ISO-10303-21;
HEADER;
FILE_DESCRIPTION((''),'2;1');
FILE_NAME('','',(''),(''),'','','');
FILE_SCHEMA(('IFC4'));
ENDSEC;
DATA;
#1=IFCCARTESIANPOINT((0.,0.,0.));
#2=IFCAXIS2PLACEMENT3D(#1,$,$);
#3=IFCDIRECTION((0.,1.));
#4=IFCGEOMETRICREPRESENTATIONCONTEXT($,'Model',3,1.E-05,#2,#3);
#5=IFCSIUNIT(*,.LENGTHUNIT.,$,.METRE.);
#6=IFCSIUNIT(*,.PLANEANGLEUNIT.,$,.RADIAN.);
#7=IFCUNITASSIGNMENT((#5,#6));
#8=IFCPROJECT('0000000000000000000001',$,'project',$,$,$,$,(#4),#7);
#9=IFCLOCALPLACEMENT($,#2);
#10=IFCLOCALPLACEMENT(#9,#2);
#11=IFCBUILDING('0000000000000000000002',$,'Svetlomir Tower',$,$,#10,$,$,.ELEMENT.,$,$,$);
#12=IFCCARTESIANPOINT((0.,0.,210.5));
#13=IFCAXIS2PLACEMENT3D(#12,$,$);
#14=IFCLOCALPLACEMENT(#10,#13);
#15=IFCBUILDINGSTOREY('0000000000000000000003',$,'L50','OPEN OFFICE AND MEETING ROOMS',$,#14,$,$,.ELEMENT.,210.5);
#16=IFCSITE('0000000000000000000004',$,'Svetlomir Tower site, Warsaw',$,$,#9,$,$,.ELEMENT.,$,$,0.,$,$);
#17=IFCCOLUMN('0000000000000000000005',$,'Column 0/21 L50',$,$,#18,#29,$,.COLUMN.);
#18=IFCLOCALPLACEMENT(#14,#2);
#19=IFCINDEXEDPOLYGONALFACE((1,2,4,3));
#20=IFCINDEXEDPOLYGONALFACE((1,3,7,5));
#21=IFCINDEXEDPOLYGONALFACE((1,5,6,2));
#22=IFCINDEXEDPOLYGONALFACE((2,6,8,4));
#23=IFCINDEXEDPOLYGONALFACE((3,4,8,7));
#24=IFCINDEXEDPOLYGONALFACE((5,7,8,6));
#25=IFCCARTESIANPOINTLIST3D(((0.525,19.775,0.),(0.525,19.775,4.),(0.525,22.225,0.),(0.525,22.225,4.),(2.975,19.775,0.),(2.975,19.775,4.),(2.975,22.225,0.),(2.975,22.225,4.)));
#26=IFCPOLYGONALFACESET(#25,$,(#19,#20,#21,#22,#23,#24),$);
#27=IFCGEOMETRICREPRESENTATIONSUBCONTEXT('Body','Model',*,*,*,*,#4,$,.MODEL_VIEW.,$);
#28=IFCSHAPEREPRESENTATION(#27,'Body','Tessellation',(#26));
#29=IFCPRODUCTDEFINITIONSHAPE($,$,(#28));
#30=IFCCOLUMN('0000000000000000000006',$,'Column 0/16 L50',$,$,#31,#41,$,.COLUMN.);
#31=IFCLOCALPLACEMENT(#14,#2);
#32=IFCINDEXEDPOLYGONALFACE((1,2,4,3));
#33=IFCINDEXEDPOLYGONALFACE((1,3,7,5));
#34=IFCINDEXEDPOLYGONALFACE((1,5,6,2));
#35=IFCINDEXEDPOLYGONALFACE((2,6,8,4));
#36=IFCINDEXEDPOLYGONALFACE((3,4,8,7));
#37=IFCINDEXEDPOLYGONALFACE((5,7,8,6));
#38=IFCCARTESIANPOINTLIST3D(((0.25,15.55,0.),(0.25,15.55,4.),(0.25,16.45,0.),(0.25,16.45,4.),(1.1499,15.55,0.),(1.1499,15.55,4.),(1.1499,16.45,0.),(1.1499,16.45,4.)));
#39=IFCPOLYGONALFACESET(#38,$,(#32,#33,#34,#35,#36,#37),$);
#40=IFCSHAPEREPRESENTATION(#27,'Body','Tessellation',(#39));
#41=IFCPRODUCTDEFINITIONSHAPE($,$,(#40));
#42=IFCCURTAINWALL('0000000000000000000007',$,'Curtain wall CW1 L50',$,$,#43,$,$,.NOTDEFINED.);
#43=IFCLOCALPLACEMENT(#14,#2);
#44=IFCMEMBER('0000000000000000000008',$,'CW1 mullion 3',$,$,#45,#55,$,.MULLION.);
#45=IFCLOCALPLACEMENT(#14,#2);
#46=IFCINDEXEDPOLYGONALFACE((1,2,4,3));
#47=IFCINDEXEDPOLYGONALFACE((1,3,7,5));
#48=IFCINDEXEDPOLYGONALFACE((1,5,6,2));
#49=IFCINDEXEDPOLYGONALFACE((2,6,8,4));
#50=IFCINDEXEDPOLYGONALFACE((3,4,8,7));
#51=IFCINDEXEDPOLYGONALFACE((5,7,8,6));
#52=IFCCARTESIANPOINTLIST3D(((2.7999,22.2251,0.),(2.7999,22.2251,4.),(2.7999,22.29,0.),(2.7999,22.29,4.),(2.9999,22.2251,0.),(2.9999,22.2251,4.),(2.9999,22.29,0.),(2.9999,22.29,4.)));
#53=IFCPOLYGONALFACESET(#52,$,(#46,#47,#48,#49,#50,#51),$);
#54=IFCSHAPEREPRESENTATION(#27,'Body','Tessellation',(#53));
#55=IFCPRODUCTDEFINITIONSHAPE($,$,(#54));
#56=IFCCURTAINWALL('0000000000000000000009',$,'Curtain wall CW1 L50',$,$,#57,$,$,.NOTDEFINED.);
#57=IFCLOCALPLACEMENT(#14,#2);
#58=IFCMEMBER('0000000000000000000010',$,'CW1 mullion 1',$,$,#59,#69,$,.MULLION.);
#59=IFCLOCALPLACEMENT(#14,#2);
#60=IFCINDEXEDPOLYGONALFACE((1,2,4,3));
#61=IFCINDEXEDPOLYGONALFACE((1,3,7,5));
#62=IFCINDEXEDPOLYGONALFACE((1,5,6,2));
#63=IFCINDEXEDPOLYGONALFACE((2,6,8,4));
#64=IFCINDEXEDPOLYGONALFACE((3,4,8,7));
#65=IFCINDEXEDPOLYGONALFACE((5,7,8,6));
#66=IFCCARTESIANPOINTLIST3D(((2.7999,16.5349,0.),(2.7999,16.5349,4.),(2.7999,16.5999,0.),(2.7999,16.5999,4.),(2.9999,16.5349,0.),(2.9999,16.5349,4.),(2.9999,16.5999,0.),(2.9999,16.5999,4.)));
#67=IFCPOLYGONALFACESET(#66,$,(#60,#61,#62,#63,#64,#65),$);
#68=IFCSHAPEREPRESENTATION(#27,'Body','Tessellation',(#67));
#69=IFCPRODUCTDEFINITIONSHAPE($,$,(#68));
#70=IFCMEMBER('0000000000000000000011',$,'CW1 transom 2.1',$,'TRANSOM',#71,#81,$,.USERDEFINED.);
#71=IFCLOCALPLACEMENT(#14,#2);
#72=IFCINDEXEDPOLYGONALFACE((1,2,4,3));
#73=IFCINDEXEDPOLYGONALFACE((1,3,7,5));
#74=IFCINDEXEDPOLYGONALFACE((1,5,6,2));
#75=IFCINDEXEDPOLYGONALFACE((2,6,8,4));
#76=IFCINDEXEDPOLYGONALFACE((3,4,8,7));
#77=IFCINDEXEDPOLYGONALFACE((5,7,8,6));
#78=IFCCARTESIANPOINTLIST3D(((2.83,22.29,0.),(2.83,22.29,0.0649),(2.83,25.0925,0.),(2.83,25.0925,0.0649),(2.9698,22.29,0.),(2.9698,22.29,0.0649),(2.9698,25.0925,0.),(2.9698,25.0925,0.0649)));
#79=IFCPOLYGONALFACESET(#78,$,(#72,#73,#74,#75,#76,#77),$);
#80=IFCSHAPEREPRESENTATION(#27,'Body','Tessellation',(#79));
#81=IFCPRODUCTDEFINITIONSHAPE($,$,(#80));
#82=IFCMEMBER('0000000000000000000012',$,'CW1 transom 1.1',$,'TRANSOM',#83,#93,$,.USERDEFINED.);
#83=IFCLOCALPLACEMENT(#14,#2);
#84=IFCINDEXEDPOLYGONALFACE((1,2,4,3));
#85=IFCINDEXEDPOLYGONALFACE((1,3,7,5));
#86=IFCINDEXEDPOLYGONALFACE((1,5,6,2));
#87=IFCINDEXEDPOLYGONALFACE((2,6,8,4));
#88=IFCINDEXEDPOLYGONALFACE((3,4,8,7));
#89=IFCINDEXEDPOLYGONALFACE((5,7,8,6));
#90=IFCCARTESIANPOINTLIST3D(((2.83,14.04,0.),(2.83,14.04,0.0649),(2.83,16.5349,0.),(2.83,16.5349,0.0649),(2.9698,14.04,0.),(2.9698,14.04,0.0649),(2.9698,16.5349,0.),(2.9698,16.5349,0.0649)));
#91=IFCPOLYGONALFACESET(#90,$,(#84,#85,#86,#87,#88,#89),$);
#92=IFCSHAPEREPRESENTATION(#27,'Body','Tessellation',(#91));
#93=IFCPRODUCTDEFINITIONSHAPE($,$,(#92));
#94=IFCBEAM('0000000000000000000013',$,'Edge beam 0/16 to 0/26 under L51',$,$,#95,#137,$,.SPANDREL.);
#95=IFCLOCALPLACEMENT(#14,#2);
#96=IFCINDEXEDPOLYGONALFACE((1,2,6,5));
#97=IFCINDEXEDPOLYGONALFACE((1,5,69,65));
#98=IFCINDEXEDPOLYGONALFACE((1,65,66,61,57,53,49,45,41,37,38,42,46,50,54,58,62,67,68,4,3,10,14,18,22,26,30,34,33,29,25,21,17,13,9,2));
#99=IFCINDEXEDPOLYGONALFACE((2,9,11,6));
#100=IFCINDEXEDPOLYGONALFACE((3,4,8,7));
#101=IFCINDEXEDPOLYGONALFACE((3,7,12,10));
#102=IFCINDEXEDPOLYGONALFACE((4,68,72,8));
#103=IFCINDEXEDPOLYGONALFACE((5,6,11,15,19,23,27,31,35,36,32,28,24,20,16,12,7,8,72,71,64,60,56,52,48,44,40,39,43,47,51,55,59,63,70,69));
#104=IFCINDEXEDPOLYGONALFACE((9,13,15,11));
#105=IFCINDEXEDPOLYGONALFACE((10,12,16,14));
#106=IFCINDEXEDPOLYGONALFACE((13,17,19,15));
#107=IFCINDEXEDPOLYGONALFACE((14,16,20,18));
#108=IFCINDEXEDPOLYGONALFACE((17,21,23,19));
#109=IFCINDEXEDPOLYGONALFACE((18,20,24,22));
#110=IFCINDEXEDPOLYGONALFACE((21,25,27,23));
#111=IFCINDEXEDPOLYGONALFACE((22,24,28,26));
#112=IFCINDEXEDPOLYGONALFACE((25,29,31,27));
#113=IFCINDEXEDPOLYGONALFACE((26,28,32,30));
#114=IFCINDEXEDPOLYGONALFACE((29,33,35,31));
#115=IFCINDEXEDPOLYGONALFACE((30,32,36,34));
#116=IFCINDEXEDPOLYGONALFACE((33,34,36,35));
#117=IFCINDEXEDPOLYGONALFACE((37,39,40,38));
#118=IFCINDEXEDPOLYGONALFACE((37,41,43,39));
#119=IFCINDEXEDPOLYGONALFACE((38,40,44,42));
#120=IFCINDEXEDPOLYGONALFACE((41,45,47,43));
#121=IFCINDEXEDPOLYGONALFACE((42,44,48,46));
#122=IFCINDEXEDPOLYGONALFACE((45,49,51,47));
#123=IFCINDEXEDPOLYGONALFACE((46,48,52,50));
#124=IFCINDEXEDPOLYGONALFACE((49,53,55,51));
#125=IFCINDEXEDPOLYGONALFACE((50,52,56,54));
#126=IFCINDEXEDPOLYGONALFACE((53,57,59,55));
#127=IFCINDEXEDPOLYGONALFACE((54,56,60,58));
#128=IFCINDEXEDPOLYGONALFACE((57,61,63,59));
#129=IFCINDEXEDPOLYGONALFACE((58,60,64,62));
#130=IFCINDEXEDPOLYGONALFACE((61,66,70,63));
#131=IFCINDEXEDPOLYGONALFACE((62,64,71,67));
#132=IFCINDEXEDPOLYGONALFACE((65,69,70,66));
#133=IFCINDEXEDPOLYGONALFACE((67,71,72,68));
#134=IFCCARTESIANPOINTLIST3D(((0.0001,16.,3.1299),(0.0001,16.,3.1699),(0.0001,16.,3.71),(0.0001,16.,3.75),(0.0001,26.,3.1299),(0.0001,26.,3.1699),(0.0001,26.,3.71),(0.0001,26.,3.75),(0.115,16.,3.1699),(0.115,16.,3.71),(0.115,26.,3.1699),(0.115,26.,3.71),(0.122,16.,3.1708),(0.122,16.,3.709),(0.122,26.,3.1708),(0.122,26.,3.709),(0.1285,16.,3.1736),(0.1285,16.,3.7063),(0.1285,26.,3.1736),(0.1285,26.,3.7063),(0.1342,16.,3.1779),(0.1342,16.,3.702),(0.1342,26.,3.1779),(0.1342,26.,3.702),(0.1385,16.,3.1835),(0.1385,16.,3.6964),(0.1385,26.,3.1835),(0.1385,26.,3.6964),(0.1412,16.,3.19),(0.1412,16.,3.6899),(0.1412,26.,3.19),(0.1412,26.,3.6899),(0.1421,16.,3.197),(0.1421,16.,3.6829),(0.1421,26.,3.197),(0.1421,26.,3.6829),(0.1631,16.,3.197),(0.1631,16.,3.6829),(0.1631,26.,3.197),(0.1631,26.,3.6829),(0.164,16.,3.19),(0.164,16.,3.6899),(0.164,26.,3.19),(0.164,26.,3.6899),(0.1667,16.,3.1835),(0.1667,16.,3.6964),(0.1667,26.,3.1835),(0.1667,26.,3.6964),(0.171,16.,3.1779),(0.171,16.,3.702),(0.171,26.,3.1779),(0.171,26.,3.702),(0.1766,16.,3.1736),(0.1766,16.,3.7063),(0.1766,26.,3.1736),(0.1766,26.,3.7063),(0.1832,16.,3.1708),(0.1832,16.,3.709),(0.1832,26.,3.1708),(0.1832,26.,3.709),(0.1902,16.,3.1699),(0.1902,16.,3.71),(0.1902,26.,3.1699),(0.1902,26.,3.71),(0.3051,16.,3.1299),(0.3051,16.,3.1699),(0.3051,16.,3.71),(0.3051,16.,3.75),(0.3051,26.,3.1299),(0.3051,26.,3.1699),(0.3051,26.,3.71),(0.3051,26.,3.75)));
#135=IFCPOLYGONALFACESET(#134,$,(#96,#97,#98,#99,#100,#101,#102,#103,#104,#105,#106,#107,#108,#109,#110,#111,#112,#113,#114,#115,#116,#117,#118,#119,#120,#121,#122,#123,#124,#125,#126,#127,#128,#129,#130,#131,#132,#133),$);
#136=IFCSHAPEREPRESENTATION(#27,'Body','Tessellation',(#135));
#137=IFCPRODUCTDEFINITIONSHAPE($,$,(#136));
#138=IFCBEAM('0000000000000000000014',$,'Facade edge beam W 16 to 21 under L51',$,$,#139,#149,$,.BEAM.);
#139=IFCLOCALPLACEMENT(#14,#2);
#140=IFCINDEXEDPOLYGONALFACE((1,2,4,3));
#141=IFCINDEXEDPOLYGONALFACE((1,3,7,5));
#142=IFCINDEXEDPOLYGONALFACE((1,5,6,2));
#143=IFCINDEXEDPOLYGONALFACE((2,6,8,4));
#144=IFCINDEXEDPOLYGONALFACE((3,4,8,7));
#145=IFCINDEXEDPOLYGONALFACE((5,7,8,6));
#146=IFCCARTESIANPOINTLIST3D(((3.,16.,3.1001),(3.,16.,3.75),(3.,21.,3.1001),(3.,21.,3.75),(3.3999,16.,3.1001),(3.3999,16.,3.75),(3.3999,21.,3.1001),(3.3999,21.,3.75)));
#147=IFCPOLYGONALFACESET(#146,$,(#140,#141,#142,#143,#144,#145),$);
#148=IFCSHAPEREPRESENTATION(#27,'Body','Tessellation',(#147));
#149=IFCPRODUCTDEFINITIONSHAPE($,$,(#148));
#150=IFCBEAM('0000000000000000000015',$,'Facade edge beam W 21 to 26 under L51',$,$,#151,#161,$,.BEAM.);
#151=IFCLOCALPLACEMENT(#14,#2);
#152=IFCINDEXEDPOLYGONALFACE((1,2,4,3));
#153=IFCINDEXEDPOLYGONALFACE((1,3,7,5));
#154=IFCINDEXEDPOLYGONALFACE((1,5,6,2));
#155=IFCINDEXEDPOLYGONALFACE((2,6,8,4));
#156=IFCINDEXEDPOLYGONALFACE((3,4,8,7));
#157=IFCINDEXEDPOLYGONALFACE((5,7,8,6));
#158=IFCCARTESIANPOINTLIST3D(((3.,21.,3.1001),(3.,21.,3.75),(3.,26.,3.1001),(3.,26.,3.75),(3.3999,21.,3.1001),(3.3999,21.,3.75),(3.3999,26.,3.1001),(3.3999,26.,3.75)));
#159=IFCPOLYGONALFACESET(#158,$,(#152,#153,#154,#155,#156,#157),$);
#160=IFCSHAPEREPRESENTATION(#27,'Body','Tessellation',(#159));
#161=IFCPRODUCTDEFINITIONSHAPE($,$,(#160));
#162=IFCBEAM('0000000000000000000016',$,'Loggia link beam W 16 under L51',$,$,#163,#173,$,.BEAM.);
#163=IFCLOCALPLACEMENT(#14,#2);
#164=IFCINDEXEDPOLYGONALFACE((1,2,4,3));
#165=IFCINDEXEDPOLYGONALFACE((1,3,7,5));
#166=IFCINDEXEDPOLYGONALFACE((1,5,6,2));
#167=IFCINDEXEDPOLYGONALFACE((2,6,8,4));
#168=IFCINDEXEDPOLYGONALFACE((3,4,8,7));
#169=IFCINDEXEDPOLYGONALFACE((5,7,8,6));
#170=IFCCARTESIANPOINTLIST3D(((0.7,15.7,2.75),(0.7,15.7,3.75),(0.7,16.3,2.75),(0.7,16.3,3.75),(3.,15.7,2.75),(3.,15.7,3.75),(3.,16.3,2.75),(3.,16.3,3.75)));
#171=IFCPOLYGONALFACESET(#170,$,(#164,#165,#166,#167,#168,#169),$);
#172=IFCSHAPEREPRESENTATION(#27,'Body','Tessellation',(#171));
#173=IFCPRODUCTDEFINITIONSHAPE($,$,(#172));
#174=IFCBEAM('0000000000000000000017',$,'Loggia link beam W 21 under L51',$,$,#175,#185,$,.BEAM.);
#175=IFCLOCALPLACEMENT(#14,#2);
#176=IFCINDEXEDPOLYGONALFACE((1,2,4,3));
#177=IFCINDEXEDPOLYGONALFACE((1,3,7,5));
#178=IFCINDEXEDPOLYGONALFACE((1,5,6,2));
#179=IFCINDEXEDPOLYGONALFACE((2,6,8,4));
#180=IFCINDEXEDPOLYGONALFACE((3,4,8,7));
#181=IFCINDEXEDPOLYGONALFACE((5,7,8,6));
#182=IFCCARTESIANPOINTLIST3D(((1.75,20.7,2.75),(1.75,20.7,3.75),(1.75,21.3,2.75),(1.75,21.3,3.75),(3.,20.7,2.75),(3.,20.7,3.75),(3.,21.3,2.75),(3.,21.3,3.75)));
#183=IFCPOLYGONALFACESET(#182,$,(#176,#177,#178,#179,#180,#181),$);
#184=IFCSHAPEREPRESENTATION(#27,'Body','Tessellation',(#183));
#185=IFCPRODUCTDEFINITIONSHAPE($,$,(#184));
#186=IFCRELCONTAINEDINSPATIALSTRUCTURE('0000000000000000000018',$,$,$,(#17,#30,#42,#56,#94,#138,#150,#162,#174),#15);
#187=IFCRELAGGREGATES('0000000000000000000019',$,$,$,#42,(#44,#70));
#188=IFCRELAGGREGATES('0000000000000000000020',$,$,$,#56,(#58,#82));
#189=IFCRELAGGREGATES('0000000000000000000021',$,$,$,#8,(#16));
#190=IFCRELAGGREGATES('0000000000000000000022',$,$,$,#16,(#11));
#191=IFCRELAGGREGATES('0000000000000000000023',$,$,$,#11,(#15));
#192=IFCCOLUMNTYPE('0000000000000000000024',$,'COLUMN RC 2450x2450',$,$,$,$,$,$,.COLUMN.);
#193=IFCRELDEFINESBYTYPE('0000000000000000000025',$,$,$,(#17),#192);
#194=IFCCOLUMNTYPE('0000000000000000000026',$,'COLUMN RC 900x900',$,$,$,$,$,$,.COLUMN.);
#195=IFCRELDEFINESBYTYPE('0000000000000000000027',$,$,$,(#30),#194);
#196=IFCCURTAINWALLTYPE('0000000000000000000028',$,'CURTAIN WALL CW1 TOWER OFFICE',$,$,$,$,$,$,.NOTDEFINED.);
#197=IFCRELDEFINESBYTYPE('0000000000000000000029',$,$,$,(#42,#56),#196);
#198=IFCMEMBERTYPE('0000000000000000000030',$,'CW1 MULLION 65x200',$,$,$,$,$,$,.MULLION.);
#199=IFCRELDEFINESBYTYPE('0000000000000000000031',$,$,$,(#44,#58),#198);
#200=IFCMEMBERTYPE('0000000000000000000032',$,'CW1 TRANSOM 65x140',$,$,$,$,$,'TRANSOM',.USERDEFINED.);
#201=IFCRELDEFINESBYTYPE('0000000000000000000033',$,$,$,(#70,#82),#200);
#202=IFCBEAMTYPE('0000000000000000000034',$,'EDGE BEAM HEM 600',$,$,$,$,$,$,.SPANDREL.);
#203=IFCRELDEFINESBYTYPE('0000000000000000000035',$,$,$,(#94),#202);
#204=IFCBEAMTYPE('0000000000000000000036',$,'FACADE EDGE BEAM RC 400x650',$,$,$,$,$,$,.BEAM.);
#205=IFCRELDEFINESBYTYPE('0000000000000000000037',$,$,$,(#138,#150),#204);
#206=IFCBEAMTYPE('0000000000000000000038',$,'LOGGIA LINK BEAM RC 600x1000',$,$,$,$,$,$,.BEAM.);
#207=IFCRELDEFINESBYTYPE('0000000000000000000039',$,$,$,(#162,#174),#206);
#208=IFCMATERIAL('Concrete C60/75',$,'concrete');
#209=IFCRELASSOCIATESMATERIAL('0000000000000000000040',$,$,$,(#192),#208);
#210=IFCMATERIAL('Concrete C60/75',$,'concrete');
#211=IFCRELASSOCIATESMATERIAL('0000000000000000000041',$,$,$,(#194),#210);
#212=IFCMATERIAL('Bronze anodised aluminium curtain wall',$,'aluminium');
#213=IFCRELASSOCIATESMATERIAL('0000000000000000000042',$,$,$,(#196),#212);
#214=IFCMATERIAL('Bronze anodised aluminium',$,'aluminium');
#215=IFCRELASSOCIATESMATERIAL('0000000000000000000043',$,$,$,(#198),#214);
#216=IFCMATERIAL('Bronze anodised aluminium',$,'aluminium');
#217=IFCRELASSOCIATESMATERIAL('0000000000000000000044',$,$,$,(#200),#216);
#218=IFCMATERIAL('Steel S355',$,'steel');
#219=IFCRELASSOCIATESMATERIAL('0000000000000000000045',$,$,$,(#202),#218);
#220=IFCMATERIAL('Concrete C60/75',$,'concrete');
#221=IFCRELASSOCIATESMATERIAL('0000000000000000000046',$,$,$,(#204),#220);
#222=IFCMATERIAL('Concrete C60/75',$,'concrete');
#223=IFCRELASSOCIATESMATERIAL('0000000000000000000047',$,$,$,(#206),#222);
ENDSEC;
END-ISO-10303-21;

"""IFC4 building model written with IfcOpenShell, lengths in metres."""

from ifc_helpers import new_model, si_unit, direction, frame, origin, origin_2d, place, context, subcontext, project, spatial, rectangle, i_section, extrude, material, material_profile, profile_set, type_object, element, aggregate, save


model = new_model("IFC4")

# Units and contexts
model_context = context("Model", 3, precision=1e-05, world=origin(), true_north=direction((0.0, 1.0)))
body_context = subcontext(model_context, "Body", "Model", "MODEL_VIEW")
ifc_project = project(units=[si_unit("LENGTHUNIT", "METRE"), si_unit("PLANEANGLEUNIT", "RADIAN")], contexts=[model_context])

# Site, building, storey
site_placement = place(None, origin())
site = spatial("IfcSite", under=ifc_project, at=site_placement, Name="Svetlomir Tower site, Warsaw", CompositionType="ELEMENT", RefElevation=0.0)
building_placement = place(site_placement, origin())
building = spatial("IfcBuilding", under=site, at=building_placement, Name="Svetlomir Tower", CompositionType="ELEMENT")
storey_placement = place(building_placement, frame((0.0, 0.0, 210.5)))
storey = spatial("IfcBuildingStorey", under=building, at=storey_placement, Name="L50", Description="OPEN OFFICE AND MEETING ROOMS", CompositionType="ELEMENT", Elevation=210.5)

# Columns
ifc_material_1 = material(Name="Concrete C60/75", Category="concrete")
ifc_material_profile_1 = material_profile(ifc_material_1, rectangle(XDim=2.45, YDim=2.45, at=origin_2d()), Name="RC 2450x2450")
ifc_profile_set_1 = profile_set([ifc_material_profile_1], Name="Concrete C60/75")
column_type_1 = type_object("IfcColumnType", Name="COLUMN RC 2450x2450", PredefinedType="COLUMN", material=ifc_profile_set_1)
column_1_placement = place(storey_placement, frame((1.75, 21.0, 0.0), z_axis=(0.0, 0.0, 1.0), x_axis=(1.0, 0.0, 0.0)))
element("IfcColumn", 1, at=column_1_placement, inside=storey, type_object=column_type_1, Name="Column 0/21 L50", PredefinedType="COLUMN", context=body_context, shape_type="SweptSolid", body=[
    extrude(rectangle(XDim=2.45, YDim=2.45, at=origin_2d()), origin(), (0.0, 0.0, 1.0), 4.0),
])
ifc_material_2 = material(Name="Concrete C60/75", Category="concrete")
ifc_material_profile_2 = material_profile(ifc_material_2, rectangle(XDim=0.8999, YDim=0.8999, at=origin_2d()), Name="RC 900x900")
ifc_profile_set_2 = profile_set([ifc_material_profile_2], Name="Concrete C60/75")
column_type_2 = type_object("IfcColumnType", Name="COLUMN RC 900x900", PredefinedType="COLUMN", material=ifc_profile_set_2)
column_2_placement = place(storey_placement, frame((0.7, 16.0, 0.0), z_axis=(0.0, 0.0, 1.0), x_axis=(1.0, 0.0, 0.0)))
element("IfcColumn", 2, at=column_2_placement, inside=storey, type_object=column_type_2, Name="Column 0/16 L50", PredefinedType="COLUMN", context=body_context, shape_type="SweptSolid", body=[
    extrude(rectangle(XDim=0.8999, YDim=0.8999, at=origin_2d()), origin(), (0.0, 0.0, 1.0), 4.0),
])

# Curtain walls, members
ifc_material_3 = material(Name="Bronze anodised aluminium curtain wall", Category="aluminium")
curtain_wall_type = type_object("IfcCurtainWallType", Name="CURTAIN WALL CW1 TOWER OFFICE", PredefinedType="NOTDEFINED", material=ifc_material_3)
curtain_wall_1_placement = place(storey_placement, origin())
curtain_wall_1 = element("IfcCurtainWall", 3, at=curtain_wall_1_placement, inside=storey, type_object=curtain_wall_type, Name="Curtain wall CW1 L50", PredefinedType="NOTDEFINED")
ifc_material_4 = material(Name="Bronze anodised aluminium", Category="aluminium")
ifc_material_profile_3 = material_profile(ifc_material_4, rectangle(XDim=0.0649, YDim=0.2, at=origin_2d()), Name="AL 65x200")
ifc_profile_set_3 = profile_set([ifc_material_profile_3], Name="Bronze anodised aluminium 6063-T6")
member_type_1 = type_object("IfcMemberType", Name="CW1 MULLION 65x200", PredefinedType="MULLION", material=ifc_profile_set_3)
member_1_placement = place(storey_placement, frame((2.8999, 22.2576, 0.0), z_axis=(0.0, 0.0, 1.0), x_axis=(0.0, -1.0, 0.0)))
member_1 = element("IfcMember", 4, at=member_1_placement, type_object=member_type_1, Name="CW1 mullion 3", PredefinedType="MULLION", context=body_context, shape_type="SweptSolid", body=[
    extrude(rectangle(XDim=0.0649, YDim=0.2, at=origin_2d()), origin(), (0.0, 0.0, 1.0), 4.0),
])
curtain_wall_2_placement = place(storey_placement, origin())
curtain_wall_2 = element("IfcCurtainWall", 5, at=curtain_wall_2_placement, inside=storey, type_object=curtain_wall_type, Name="Curtain wall CW1 L50", PredefinedType="NOTDEFINED")
member_2_placement = place(storey_placement, frame((2.8999, 16.5674, 0.0), z_axis=(0.0, 0.0, 1.0), x_axis=(0.0, -1.0, 0.0)))
member_2 = element("IfcMember", 6, at=member_2_placement, type_object=member_type_1, Name="CW1 mullion 1", PredefinedType="MULLION", context=body_context, shape_type="SweptSolid", body=[
    extrude(rectangle(XDim=0.0649, YDim=0.2, at=origin_2d()), origin(), (0.0, 0.0, 1.0), 4.0),
])

# Members
ifc_material_5 = material(Name="Bronze anodised aluminium", Category="aluminium")
ifc_material_profile_4 = material_profile(ifc_material_5, rectangle(XDim=0.1399, YDim=0.0649, at=origin_2d()), Name="AL 140x65")
ifc_profile_set_4 = profile_set([ifc_material_profile_4], Name="Bronze anodised aluminium 6063-T6")
member_type_2 = type_object("IfcMemberType", Name="CW1 TRANSOM 65x140", ElementType="TRANSOM", PredefinedType="USERDEFINED", material=ifc_profile_set_4)
member_3_placement = place(storey_placement, frame((2.8999, 25.0925, 0.0325), z_axis=(0.0, -1.0, 0.0), x_axis=(1.0, 0.0, 0.0)))
member_3 = element("IfcMember", 7, at=member_3_placement, type_object=member_type_2, Name="CW1 transom 2.1", ObjectType="TRANSOM", PredefinedType="USERDEFINED", context=body_context, shape_type="SweptSolid", body=[
    extrude(rectangle(XDim=0.1399, YDim=0.0649, at=origin_2d()), origin(), (0.0, 0.0, 1.0), 2.8025),
])
member_4_placement = place(storey_placement, frame((2.8999, 16.5349, 0.0325), z_axis=(0.0, -1.0, 0.0), x_axis=(1.0, 0.0, 0.0)))
member_4 = element("IfcMember", 8, at=member_4_placement, type_object=member_type_2, Name="CW1 transom 1.1", ObjectType="TRANSOM", PredefinedType="USERDEFINED", context=body_context, shape_type="SweptSolid", body=[
    extrude(rectangle(XDim=0.1399, YDim=0.0649, at=origin_2d()), origin(), (0.0, 0.0, 1.0), 2.4949),
])

# Beams
ifc_material_6 = material(Name="Steel S355", Category="steel")
ifc_material_profile_5 = material_profile(ifc_material_6, i_section(OverallWidth=0.3049, OverallDepth=0.6201, WebThickness=0.021, FlangeThickness=0.04, FilletRadius=0.0271, at=origin_2d()), Name="HEM 600")
ifc_profile_set_5 = profile_set([ifc_material_profile_5], Name="Steel S355")
beam_type_1 = type_object("IfcBeamType", Name="EDGE BEAM HEM 600", PredefinedType="SPANDREL", material=ifc_profile_set_5)
beam_1_placement = place(storey_placement, frame((0.1526, 16.0, 3.4399), z_axis=(0.0, 1.0, 0.0), x_axis=(-1.0, 0.0, 0.0)))
element("IfcBeam", 9, at=beam_1_placement, inside=storey, type_object=beam_type_1, Name="Edge beam 0/16 to 0/26 under L51", PredefinedType="SPANDREL", context=body_context, shape_type="SweptSolid", body=[
    extrude(i_section(OverallWidth=0.3049, OverallDepth=0.6201, WebThickness=0.021, FlangeThickness=0.04, FilletRadius=0.0271, at=origin_2d()), origin(), (0.0, 0.0, 1.0), 10.0),
])
ifc_material_7 = material(Name="Concrete C60/75", Category="concrete")
ifc_material_profile_6 = material_profile(ifc_material_7, rectangle(XDim=0.3999, YDim=0.6499, at=origin_2d()), Name="RC 400x650")
ifc_profile_set_6 = profile_set([ifc_material_profile_6], Name="Concrete C60/75")
beam_type_2 = type_object("IfcBeamType", Name="FACADE EDGE BEAM RC 400x650", PredefinedType="BEAM", material=ifc_profile_set_6)
for number, where, z_axis, x_axis, name in (
    (10, (3.2, 16.0, 3.425), (0.0, 1.0, 0.0), (-1.0, 0.0, 0.0), "Facade edge beam W 16 to 21 under L51"),
    (11, (3.2, 21.0, 3.425), (0.0, 1.0, 0.0), (-1.0, 0.0, 0.0), "Facade edge beam W 21 to 26 under L51"),
):
    element("IfcBeam", number, at=place(storey_placement, frame(where, z_axis=z_axis, x_axis=x_axis)), inside=storey, type_object=beam_type_2, Name=name, PredefinedType="BEAM", context=body_context, shape_type="SweptSolid", body=[
        extrude(rectangle(XDim=0.3999, YDim=0.6499, at=origin_2d()), origin(), (0.0, 0.0, 1.0), 5.0),
    ])
ifc_material_8 = material(Name="Concrete C60/75", Category="concrete")
ifc_material_profile_7 = material_profile(ifc_material_8, rectangle(XDim=0.6001, YDim=1.0, at=origin_2d()), Name="RC 600x1000")
ifc_profile_set_7 = profile_set([ifc_material_profile_7], Name="Concrete C60/75")
beam_type_3 = type_object("IfcBeamType", Name="LOGGIA LINK BEAM RC 600x1000", PredefinedType="BEAM", material=ifc_profile_set_7)
beam_2_placement = place(storey_placement, frame((0.7, 16.0, 3.25), z_axis=(1.0, 0.0, 0.0), x_axis=(0.0, 1.0, 0.0)))
element("IfcBeam", 12, at=beam_2_placement, inside=storey, type_object=beam_type_3, Name="Loggia link beam W 16 under L51", PredefinedType="BEAM", context=body_context, shape_type="SweptSolid", body=[
    extrude(rectangle(XDim=0.6001, YDim=1.0, at=origin_2d()), origin(), (0.0, 0.0, 1.0), 2.3),
])
beam_3_placement = place(storey_placement, frame((1.75, 21.0, 3.25), z_axis=(1.0, 0.0, 0.0), x_axis=(0.0, 1.0, 0.0)))
element("IfcBeam", 13, at=beam_3_placement, inside=storey, type_object=beam_type_3, Name="Loggia link beam W 21 under L51", PredefinedType="BEAM", context=body_context, shape_type="SweptSolid", body=[
    extrude(rectangle(XDim=0.6001, YDim=1.0, at=origin_2d()), origin(), (0.0, 0.0, 1.0), 1.25),
])

aggregate(curtain_wall_1, [member_1, member_3])
aggregate(curtain_wall_2, [member_2, member_4])

save(model, "model.ifc")
